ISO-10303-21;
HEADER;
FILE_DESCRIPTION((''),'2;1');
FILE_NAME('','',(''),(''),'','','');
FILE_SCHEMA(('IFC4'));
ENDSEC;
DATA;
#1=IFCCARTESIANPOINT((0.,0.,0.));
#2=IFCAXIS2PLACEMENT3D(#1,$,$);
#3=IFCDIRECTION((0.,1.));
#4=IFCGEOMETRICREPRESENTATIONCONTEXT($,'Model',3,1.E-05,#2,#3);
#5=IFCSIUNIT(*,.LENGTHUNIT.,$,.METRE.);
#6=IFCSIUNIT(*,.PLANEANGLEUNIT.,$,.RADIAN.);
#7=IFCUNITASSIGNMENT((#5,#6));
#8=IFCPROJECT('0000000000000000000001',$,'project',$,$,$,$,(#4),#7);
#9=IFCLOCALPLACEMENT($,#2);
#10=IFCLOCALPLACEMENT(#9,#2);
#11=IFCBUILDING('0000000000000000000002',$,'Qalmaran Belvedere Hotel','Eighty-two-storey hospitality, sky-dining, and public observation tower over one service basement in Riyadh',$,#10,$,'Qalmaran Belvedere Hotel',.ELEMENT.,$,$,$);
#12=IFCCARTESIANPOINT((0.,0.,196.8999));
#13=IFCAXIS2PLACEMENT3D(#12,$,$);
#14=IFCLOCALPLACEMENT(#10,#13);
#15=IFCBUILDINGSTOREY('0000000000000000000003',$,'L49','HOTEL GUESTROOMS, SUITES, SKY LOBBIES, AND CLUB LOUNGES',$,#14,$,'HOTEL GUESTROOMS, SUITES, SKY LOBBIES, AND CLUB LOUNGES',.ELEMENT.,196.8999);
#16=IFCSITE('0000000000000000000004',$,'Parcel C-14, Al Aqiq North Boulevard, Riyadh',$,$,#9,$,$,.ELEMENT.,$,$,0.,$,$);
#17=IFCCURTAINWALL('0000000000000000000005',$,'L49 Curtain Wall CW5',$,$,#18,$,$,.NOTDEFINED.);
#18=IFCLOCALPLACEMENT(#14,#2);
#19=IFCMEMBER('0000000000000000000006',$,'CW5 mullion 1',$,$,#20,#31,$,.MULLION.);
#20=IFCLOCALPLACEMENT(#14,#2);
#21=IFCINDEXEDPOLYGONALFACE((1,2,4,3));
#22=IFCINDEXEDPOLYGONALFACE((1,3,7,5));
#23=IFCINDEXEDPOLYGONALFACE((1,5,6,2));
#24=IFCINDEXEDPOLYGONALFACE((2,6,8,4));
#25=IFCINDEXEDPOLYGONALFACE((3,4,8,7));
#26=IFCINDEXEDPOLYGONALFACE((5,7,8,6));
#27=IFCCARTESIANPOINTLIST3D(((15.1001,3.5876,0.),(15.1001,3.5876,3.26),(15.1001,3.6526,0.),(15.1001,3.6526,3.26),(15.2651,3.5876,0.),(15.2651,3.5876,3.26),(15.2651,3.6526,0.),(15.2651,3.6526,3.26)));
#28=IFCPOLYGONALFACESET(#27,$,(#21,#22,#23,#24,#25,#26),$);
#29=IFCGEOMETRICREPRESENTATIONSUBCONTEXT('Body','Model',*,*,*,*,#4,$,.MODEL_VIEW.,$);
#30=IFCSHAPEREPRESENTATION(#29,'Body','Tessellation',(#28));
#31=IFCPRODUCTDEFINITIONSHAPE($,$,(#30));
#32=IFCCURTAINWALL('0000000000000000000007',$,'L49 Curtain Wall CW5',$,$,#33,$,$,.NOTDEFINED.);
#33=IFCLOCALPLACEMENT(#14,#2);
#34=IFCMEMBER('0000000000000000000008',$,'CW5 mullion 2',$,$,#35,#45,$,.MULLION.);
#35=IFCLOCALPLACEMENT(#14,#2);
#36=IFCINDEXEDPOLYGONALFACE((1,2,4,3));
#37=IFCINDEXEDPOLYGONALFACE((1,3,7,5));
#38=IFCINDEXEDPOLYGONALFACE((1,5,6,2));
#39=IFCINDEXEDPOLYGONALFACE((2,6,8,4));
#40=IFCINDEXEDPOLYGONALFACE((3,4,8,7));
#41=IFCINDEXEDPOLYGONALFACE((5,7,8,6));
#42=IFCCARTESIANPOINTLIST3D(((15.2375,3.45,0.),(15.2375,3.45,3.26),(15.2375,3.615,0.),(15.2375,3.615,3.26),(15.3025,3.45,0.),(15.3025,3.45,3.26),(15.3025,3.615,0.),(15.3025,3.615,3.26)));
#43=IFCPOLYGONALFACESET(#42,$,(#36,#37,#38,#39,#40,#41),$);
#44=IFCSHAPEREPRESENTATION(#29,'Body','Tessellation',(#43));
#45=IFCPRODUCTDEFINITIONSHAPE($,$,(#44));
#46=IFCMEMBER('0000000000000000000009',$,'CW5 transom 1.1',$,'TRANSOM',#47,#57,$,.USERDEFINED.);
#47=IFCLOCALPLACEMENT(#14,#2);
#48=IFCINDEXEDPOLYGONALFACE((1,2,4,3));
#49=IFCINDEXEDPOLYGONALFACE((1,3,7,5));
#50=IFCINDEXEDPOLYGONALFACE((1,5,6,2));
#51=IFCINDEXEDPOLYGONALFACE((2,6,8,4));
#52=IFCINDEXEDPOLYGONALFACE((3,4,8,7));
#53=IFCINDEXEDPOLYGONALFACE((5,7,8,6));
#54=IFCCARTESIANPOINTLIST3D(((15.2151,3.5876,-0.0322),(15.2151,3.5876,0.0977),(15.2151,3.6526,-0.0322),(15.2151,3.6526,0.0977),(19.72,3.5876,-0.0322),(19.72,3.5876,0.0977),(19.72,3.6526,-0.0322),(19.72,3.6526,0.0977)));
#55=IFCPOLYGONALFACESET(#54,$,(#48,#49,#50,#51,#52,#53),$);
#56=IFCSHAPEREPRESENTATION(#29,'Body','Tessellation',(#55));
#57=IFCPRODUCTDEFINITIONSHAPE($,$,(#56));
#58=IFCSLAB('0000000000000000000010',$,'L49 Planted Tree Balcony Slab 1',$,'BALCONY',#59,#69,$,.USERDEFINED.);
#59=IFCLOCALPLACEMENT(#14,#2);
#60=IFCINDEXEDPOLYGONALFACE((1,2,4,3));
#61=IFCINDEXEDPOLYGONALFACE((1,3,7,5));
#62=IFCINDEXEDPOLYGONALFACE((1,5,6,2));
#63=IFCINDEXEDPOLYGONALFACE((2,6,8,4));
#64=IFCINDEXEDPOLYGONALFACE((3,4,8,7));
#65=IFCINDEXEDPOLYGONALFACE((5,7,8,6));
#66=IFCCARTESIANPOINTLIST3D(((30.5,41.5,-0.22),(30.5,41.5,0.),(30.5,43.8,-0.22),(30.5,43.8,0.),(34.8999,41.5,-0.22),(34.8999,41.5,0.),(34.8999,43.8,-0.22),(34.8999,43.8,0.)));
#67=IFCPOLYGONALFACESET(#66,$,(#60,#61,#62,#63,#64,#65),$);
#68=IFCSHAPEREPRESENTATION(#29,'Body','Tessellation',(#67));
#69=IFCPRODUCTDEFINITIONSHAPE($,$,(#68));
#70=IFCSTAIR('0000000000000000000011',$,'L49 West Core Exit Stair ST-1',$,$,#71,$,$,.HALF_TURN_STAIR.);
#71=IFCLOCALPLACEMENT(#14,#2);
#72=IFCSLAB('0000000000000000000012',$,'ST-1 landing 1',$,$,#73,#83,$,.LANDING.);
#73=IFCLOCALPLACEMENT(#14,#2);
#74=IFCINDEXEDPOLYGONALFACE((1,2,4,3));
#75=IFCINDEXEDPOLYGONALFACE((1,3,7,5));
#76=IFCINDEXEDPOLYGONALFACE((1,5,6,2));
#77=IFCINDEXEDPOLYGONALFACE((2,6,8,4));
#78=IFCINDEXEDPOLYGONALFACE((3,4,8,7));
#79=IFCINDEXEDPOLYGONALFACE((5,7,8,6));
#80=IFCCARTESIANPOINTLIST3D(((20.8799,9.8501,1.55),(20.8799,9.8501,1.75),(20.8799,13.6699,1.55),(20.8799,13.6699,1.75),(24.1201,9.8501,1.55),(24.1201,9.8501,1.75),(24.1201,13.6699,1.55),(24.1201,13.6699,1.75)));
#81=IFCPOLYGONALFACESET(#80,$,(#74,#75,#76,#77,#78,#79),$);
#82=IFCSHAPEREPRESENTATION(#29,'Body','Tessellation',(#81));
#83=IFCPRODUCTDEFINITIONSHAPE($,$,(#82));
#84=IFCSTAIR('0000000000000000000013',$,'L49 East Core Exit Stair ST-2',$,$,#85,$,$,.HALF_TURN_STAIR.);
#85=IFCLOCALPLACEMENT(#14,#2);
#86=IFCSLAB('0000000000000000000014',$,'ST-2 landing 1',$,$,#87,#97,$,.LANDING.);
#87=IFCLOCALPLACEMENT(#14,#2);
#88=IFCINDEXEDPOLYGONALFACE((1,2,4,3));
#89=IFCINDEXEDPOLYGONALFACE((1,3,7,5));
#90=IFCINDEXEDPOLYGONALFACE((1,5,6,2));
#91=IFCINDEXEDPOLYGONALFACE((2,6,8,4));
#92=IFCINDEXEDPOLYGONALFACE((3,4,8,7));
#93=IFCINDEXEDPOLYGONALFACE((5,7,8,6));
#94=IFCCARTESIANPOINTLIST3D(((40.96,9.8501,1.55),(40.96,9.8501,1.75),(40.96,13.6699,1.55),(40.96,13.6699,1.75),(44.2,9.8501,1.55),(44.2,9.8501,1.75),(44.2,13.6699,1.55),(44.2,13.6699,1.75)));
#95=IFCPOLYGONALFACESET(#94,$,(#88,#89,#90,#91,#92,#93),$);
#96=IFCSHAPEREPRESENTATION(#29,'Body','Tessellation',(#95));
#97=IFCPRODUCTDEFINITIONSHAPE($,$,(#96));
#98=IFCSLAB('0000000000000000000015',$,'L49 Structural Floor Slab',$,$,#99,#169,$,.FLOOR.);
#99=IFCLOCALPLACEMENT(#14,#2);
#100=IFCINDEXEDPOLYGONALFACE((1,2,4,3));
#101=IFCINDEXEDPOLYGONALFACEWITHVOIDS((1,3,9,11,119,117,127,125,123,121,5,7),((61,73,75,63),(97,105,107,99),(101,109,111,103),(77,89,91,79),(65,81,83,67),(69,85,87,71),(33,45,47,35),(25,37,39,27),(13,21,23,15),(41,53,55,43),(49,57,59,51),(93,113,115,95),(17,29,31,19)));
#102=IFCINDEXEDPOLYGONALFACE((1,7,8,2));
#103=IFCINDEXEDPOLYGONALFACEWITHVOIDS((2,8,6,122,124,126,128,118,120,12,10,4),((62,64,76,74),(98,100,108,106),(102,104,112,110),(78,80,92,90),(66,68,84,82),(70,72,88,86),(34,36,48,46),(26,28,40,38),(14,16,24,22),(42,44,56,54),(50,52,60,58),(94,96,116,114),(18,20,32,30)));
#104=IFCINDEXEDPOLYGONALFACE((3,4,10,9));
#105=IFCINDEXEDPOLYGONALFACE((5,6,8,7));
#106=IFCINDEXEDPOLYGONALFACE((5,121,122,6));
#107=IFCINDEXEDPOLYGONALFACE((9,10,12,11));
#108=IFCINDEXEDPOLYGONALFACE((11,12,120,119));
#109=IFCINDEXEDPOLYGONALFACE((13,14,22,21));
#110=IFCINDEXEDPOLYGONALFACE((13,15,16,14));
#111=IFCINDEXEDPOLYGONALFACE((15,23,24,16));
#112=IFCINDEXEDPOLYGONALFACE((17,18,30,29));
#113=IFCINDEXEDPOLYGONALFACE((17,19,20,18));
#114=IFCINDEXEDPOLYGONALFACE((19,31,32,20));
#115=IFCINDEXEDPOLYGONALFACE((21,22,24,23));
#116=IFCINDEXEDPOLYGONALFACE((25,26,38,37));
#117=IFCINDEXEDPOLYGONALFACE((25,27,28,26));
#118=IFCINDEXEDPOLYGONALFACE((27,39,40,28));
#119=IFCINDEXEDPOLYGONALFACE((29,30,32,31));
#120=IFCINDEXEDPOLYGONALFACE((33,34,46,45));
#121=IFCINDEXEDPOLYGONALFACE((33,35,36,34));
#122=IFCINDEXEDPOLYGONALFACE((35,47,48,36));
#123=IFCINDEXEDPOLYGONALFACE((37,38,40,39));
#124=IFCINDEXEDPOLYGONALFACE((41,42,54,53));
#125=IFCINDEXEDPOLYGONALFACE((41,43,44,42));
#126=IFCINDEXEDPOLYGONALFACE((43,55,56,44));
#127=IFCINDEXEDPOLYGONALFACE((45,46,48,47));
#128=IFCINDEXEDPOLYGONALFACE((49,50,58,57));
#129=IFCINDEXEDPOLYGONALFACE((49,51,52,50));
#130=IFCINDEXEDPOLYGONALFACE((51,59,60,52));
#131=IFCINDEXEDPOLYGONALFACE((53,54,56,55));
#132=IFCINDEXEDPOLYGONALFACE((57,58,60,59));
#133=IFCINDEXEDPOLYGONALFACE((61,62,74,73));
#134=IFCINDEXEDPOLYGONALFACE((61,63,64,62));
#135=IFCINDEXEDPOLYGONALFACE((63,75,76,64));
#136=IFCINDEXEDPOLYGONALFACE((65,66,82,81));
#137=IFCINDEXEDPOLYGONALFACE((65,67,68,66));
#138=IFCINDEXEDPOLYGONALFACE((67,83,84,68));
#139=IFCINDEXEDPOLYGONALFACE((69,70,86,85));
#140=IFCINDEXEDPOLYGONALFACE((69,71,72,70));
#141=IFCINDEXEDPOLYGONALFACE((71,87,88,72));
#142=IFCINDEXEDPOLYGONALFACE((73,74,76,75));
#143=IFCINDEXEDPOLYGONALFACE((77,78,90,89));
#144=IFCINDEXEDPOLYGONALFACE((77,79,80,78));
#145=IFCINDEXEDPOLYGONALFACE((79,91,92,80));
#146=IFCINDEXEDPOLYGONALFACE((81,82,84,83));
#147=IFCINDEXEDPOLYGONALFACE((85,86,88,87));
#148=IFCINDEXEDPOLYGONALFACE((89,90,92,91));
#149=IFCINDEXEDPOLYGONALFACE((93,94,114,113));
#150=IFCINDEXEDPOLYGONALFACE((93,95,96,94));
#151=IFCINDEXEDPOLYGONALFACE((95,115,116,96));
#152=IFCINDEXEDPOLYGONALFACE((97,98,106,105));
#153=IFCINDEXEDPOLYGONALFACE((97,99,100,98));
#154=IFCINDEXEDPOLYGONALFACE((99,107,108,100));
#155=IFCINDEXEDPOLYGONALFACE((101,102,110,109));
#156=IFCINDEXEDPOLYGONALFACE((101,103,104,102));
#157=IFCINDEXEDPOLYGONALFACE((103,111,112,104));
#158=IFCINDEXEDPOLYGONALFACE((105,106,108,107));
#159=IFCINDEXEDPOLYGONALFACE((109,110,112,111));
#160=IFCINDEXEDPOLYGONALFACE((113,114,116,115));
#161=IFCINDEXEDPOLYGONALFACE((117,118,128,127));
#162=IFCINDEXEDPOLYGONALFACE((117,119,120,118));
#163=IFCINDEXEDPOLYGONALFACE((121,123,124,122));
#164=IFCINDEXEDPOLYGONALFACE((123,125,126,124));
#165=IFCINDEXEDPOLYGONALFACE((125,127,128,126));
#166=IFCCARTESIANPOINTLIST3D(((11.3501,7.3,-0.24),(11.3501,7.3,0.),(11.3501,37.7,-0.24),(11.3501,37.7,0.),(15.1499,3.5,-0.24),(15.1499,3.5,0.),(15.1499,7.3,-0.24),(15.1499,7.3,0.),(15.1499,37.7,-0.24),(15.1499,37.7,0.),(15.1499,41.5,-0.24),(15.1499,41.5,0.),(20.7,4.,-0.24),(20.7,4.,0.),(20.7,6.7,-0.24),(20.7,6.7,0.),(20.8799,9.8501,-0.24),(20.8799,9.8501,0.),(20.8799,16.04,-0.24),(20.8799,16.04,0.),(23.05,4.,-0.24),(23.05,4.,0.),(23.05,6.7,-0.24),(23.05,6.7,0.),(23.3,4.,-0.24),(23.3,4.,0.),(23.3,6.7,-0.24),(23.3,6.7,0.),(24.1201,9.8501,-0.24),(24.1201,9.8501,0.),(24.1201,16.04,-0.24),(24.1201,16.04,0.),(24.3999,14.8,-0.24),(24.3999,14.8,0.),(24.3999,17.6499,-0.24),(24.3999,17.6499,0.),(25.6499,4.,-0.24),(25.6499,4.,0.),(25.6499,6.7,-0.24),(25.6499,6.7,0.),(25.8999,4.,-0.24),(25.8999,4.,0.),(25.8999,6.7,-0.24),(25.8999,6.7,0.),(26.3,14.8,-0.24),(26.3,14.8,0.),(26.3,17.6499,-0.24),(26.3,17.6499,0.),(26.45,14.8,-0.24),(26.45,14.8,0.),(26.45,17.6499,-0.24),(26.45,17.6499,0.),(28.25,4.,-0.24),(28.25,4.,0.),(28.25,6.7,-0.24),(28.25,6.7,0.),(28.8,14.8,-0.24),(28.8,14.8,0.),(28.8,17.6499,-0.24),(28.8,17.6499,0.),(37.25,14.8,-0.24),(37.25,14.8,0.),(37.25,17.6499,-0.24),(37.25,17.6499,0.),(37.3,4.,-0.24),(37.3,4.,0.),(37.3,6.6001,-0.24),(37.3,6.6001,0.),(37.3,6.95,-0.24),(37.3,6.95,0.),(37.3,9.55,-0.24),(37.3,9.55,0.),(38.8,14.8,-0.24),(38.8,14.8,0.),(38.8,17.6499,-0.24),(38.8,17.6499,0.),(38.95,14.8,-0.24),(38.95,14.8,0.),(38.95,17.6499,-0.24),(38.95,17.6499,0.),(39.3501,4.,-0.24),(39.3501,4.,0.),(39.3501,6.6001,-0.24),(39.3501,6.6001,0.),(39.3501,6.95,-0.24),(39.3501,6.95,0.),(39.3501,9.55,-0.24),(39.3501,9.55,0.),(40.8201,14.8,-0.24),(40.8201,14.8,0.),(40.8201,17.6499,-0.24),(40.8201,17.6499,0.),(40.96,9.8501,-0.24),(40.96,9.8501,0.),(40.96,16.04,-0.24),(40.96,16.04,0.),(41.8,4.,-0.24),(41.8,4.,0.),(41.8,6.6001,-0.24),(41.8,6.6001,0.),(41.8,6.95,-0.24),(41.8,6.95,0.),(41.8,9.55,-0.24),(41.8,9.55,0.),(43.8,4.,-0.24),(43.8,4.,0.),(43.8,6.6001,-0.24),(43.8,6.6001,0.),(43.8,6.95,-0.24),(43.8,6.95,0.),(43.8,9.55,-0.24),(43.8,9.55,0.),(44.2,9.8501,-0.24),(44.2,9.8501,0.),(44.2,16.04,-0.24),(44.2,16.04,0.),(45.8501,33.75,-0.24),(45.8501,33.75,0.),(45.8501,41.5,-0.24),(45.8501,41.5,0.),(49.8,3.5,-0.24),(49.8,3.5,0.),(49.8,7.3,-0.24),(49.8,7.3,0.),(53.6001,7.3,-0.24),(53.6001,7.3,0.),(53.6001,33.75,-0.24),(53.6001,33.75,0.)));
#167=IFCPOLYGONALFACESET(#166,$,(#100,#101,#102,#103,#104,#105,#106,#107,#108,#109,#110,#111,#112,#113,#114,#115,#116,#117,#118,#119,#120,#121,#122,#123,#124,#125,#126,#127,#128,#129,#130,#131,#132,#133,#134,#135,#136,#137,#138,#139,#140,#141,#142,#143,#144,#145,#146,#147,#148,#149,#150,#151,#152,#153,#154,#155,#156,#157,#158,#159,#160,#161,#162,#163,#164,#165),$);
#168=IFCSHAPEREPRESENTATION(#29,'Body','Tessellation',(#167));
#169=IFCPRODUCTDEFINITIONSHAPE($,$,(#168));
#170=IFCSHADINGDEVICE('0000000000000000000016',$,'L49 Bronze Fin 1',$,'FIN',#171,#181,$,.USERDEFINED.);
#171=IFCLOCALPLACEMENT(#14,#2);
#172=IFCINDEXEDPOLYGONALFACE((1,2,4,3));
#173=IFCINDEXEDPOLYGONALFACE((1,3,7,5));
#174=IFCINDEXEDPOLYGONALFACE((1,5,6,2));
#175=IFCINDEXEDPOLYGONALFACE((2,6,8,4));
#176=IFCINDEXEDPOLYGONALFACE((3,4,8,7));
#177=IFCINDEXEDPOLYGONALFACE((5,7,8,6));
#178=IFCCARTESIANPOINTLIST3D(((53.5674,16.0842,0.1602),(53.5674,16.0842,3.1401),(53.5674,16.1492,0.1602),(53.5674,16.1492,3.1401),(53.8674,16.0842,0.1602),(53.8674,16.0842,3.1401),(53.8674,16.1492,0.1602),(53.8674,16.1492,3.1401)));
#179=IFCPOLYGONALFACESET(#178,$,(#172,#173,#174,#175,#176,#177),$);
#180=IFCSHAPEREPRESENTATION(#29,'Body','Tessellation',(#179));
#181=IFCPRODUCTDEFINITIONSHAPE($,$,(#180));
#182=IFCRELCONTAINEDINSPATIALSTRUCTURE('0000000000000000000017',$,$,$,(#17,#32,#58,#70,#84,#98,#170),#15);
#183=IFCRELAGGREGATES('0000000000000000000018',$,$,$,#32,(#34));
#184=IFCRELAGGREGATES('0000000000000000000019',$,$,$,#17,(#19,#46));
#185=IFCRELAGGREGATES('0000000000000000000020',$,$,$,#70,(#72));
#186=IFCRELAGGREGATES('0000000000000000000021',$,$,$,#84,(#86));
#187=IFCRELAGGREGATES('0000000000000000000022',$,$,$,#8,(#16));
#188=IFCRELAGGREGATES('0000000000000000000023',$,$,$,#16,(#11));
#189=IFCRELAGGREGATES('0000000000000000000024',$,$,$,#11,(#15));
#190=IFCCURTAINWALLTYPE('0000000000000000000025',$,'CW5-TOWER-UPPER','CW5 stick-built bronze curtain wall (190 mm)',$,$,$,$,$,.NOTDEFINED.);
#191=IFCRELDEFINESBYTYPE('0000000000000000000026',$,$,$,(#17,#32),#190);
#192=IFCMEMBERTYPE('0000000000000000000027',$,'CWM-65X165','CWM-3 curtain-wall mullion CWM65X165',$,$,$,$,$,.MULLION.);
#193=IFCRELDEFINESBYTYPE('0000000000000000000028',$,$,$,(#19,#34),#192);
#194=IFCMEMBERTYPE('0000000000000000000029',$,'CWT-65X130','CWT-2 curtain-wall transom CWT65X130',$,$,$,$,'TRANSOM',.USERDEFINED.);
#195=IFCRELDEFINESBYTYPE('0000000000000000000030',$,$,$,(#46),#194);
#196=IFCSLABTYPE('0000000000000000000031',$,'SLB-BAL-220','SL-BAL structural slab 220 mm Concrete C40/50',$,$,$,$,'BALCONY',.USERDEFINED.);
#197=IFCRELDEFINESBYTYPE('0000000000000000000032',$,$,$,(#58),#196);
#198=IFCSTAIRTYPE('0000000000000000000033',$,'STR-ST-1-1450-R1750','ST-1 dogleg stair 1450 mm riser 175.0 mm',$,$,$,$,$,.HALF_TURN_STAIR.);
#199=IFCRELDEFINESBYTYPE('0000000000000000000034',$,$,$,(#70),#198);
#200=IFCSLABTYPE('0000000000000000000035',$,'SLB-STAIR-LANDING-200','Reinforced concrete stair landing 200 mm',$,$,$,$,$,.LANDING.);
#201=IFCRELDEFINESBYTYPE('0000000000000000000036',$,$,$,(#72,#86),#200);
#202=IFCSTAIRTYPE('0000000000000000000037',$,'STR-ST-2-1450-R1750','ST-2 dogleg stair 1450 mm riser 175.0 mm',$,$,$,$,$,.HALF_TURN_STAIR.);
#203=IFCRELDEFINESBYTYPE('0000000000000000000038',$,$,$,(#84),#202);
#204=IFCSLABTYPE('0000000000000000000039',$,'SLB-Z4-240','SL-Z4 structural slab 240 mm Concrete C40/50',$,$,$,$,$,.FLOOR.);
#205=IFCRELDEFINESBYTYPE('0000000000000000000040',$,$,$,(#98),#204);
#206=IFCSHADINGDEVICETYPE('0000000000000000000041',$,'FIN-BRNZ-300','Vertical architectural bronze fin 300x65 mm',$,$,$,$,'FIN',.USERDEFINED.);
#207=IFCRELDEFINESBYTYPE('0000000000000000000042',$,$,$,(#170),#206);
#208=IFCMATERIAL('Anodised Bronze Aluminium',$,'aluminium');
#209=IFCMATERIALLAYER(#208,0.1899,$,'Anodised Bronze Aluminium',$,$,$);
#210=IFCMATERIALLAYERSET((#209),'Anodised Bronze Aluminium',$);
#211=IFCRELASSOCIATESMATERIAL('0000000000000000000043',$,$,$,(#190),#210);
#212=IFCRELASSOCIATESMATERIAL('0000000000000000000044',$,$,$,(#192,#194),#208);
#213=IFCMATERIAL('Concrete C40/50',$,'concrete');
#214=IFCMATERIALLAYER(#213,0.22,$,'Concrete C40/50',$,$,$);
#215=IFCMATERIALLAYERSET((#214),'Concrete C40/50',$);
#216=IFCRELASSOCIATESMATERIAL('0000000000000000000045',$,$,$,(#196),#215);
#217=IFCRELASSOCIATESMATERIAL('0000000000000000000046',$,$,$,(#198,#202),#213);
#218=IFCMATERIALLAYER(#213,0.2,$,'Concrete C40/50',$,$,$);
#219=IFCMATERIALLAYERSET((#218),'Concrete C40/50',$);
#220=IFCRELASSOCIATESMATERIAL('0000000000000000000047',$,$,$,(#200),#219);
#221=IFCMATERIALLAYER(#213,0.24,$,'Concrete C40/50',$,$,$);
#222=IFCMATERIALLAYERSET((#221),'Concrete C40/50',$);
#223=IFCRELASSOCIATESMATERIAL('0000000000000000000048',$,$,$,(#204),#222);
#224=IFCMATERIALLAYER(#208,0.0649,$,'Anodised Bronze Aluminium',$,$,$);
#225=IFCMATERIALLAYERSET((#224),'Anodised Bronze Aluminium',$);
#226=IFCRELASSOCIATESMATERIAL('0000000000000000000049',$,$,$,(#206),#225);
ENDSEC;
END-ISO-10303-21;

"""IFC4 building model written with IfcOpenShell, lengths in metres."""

from ifc_helpers import new_model, si_unit, direction, frame, origin, origin_2d, place, context, subcontext, project, spatial, polyline, rectangle, outline, extrude, material, layer, layer_set, material_profile, profile_set, type_object, element, aggregate, save


model = new_model("IFC4")

# Units and contexts
model_context = context("Model", 3, precision=1e-05, world=origin(), true_north=direction((0.0, 1.0)))
body_context = subcontext(model_context, "Body", "Model", "MODEL_VIEW")
ifc_project = project(units=[si_unit("LENGTHUNIT", "METRE"), si_unit("PLANEANGLEUNIT", "RADIAN")], contexts=[model_context])

# Site, building, storey
site_placement = place(None, origin())
site = spatial("IfcSite", under=ifc_project, at=site_placement, Name="Parcel C-14, Al Aqiq North Boulevard, Riyadh", CompositionType="ELEMENT", RefElevation=0.0)
building_placement = place(site_placement, origin())
building = spatial("IfcBuilding", under=site, at=building_placement, Name="Qalmaran Belvedere Hotel", Description="Eighty-two-storey hospitality, sky-dining, and public observation tower over one service basement in Riyadh", LongName="Qalmaran Belvedere Hotel", CompositionType="ELEMENT")
storey_placement = place(building_placement, frame((0.0, 0.0, 196.8999)))
storey = spatial("IfcBuildingStorey", under=building, at=storey_placement, Name="L49", Description="HOTEL GUESTROOMS, SUITES, SKY LOBBIES, AND CLUB LOUNGES", LongName="HOTEL GUESTROOMS, SUITES, SKY LOBBIES, AND CLUB LOUNGES", CompositionType="ELEMENT", Elevation=196.8999)

# Curtain walls, members
ifc_material_1 = material(Name="Anodised Bronze Aluminium", Category="aluminium")
ifc_layer_1 = layer(ifc_material_1, 0.1899, Name="Anodised Bronze Aluminium")
ifc_layer_set_1 = layer_set([ifc_layer_1], Name="Anodised Bronze Aluminium")
curtain_wall_type = type_object("IfcCurtainWallType", Name="CW5-TOWER-UPPER", Description="CW5 stick-built bronze curtain wall (190 mm)", PredefinedType="NOTDEFINED", material=ifc_layer_set_1)
curtain_wall_1_placement = place(storey_placement, origin())
curtain_wall_1 = element("IfcCurtainWall", 1, at=curtain_wall_1_placement, inside=storey, type_object=curtain_wall_type, Name="L49 Curtain Wall CW5", PredefinedType="NOTDEFINED")
ifc_material_profile_1 = material_profile(ifc_material_1, rectangle(XDim=0.0649, YDim=0.165, at=origin_2d()), Name="CWM65X165")
ifc_profile_set_1 = profile_set([ifc_material_profile_1], Name="Anodised Bronze Aluminium")
member_type_1 = type_object("IfcMemberType", Name="CWM-65X165", Description="CWM-3 curtain-wall mullion CWM65X165", PredefinedType="MULLION", material=ifc_profile_set_1)
member_1_placement = place(storey_placement, frame((15.1826, 3.6201, 0.0), z_axis=(0.0, 0.0, 1.0), x_axis=(0.0, 1.0, 0.0)))
member_1 = element("IfcMember", 2, at=member_1_placement, type_object=member_type_1, Name="CW5 mullion 1", PredefinedType="MULLION", context=body_context, shape_type="SweptSolid", body=[
    extrude(rectangle(XDim=0.0649, YDim=0.165, at=origin_2d()), origin(), (0.0, 0.0, 1.0), 3.26),
])
curtain_wall_2_placement = place(storey_placement, origin())
curtain_wall_2 = element("IfcCurtainWall", 3, at=curtain_wall_2_placement, inside=storey, type_object=curtain_wall_type, Name="L49 Curtain Wall CW5", PredefinedType="NOTDEFINED")
member_2_placement = place(storey_placement, frame((15.27, 3.5325, 0.0), z_axis=(0.0, 0.0, 1.0), x_axis=(1.0, 0.0, 0.0)))
member_2 = element("IfcMember", 4, at=member_2_placement, type_object=member_type_1, Name="CW5 mullion 2", PredefinedType="MULLION", context=body_context, shape_type="SweptSolid", body=[
    extrude(rectangle(XDim=0.0649, YDim=0.165, at=origin_2d()), origin(), (0.0, 0.0, 1.0), 3.26),
])
aggregate(curtain_wall_2, [member_2])

# Member
ifc_material_profile_2 = material_profile(ifc_material_1, rectangle(XDim=0.0649, YDim=0.1299, at=origin_2d()), Name="CWT65X130")
ifc_profile_set_2 = profile_set([ifc_material_profile_2], Name="Anodised Bronze Aluminium")
member_type_2 = type_object("IfcMemberType", Name="CWT-65X130", Description="CWT-2 curtain-wall transom CWT65X130", ElementType="TRANSOM", PredefinedType="USERDEFINED", material=ifc_profile_set_2)
member_3_placement = place(storey_placement, frame((15.2151, 3.6201, 0.0327), z_axis=(1.0, 0.0, 0.0), x_axis=(0.0, 1.0, 0.0)))
member_3 = element("IfcMember", 5, at=member_3_placement, type_object=member_type_2, Name="CW5 transom 1.1", ObjectType="TRANSOM", PredefinedType="USERDEFINED", context=body_context, shape_type="SweptSolid", body=[
    extrude(rectangle(XDim=0.0649, YDim=0.1299, at=origin_2d()), origin(), (0.0, 0.0, 1.0), 4.5049),
])
aggregate(curtain_wall_1, [member_1, member_3])

# Slab
ifc_material_2 = material(Name="Concrete C40/50", Category="concrete")
ifc_layer_2 = layer(ifc_material_2, 0.22, Name="Concrete C40/50")
ifc_layer_set_2 = layer_set([ifc_layer_2], Name="Concrete C40/50")
slab_type_1 = type_object("IfcSlabType", Name="SLB-BAL-220", Description="SL-BAL structural slab 220 mm Concrete C40/50", ElementType="BALCONY", PredefinedType="USERDEFINED", material=ifc_layer_set_2)
slab_1_placement = place(storey_placement, frame((0.0, 0.0, -0.22)))
element("IfcSlab", 6, at=slab_1_placement, inside=storey, type_object=slab_type_1, Name="L49 Planted Tree Balcony Slab 1", ObjectType="BALCONY", PredefinedType="USERDEFINED", context=body_context, shape_type="SweptSolid", body=[
    extrude(outline(polyline([(30.5, 41.5), (34.8999, 41.5), (34.8999, 43.8), (30.5, 43.8), (30.5, 41.5)])), origin(), (0.0, 0.0, 1.0), 0.22),
])

# Stairs, slabs
stair_type_1 = type_object("IfcStairType", Name="STR-ST-1-1450-R1750", Description="ST-1 dogleg stair 1450 mm riser 175.0 mm", PredefinedType="HALF_TURN_STAIR", material=ifc_material_2)
stair_1_placement = place(storey_placement, origin())
stair_1 = element("IfcStair", 7, at=stair_1_placement, inside=storey, type_object=stair_type_1, Name="L49 West Core Exit Stair ST-1", PredefinedType="HALF_TURN_STAIR")
ifc_layer_3 = layer(ifc_material_2, 0.2, Name="Concrete C40/50")
ifc_layer_set_3 = layer_set([ifc_layer_3], Name="Concrete C40/50")
slab_type_2 = type_object("IfcSlabType", Name="SLB-STAIR-LANDING-200", Description="Reinforced concrete stair landing 200 mm", PredefinedType="LANDING", material=ifc_layer_set_3)
slab_2_placement = place(storey_placement, frame((0.0, 0.0, 1.55)))
slab_2 = element("IfcSlab", 8, at=slab_2_placement, type_object=slab_type_2, Name="ST-1 landing 1", PredefinedType="LANDING", context=body_context, shape_type="SweptSolid", body=[
    extrude(outline(polyline([(20.8799, 13.6699), (20.8799, 9.8501), (24.1201, 9.8501), (24.1201, 13.6699), (20.8799, 13.6699)])), origin(), (0.0, 0.0, 1.0), 0.2),
])
aggregate(stair_1, [slab_2])
stair_type_2 = type_object("IfcStairType", Name="STR-ST-2-1450-R1750", Description="ST-2 dogleg stair 1450 mm riser 175.0 mm", PredefinedType="HALF_TURN_STAIR", material=ifc_material_2)
stair_2_placement = place(storey_placement, origin())
stair_2 = element("IfcStair", 9, at=stair_2_placement, inside=storey, type_object=stair_type_2, Name="L49 East Core Exit Stair ST-2", PredefinedType="HALF_TURN_STAIR")
slab_3_placement = place(storey_placement, frame((0.0, 0.0, 1.55)))
slab_3 = element("IfcSlab", 10, at=slab_3_placement, type_object=slab_type_2, Name="ST-2 landing 1", PredefinedType="LANDING", context=body_context, shape_type="SweptSolid", body=[
    extrude(outline(polyline([(40.96, 13.6699), (40.96, 9.8501), (44.2, 9.8501), (44.2, 13.6699), (40.96, 13.6699)])), origin(), (0.0, 0.0, 1.0), 0.2),
])
aggregate(stair_2, [slab_3])

# Slab
ifc_layer_4 = layer(ifc_material_2, 0.24, Name="Concrete C40/50")
ifc_layer_set_4 = layer_set([ifc_layer_4], Name="Concrete C40/50")
slab_type_3 = type_object("IfcSlabType", Name="SLB-Z4-240", Description="SL-Z4 structural slab 240 mm Concrete C40/50", PredefinedType="FLOOR", material=ifc_layer_set_4)
slab_4_placement = place(storey_placement, frame((0.0, 0.0, -0.24)))
element("IfcSlab", 11, at=slab_4_placement, inside=storey, type_object=slab_type_3, Name="L49 Structural Floor Slab", PredefinedType="FLOOR", context=body_context, shape_type="SweptSolid", body=[
    extrude(outline(polyline([(15.1499, 3.5), (49.8, 3.5), (49.8, 7.3), (53.6001, 7.3), (53.6001, 33.75), (45.8501, 33.75), (45.8501, 41.5), (15.1499, 41.5), (15.1499, 37.7), (11.3501, 37.7), (11.3501, 7.3), (15.1499, 7.3), (15.1499, 3.5)]), holes=[polyline([(20.8799, 9.8501), (24.1201, 9.8501), (24.1201, 16.04), (20.8799, 16.04), (20.8799, 9.8501)]), polyline([(40.96, 9.8501), (44.2, 9.8501), (44.2, 16.04), (40.96, 16.04), (40.96, 9.8501)]), polyline([(37.3, 4.0), (39.3501, 4.0), (39.3501, 6.6001), (37.3, 6.6001), (37.3, 4.0)]), polyline([(37.3, 6.95), (39.3501, 6.95), (39.3501, 9.55), (37.3, 9.55), (37.3, 6.95)]), polyline([(41.8, 4.0), (43.8, 4.0), (43.8, 6.6001), (41.8, 6.6001), (41.8, 4.0)]), polyline([(41.8, 6.95), (43.8, 6.95), (43.8, 9.55), (41.8, 9.55), (41.8, 6.95)]), polyline([(20.7, 4.0), (23.05, 4.0), (23.05, 6.7), (20.7, 6.7), (20.7, 4.0)]), polyline([(23.3, 4.0), (25.6499, 4.0), (25.6499, 6.7), (23.3, 6.7), (23.3, 4.0)]), polyline([(25.8999, 4.0), (28.25, 4.0), (28.25, 6.7), (25.8999, 6.7), (25.8999, 4.0)]), polyline([(24.3999, 14.8), (26.3, 14.8), (26.3, 17.6499), (24.3999, 17.6499), (24.3999, 14.8)]), polyline([(38.95, 14.8), (40.8201, 14.8), (40.8201, 17.6499), (38.95, 17.6499), (38.95, 14.8)]), polyline([(26.45, 14.8), (28.8, 14.8), (28.8, 17.6499), (26.45, 17.6499), (26.45, 14.8)]), polyline([(37.25, 14.8), (38.8, 14.8), (38.8, 17.6499), (37.25, 17.6499), (37.25, 14.8)])]), origin(), (0.0, 0.0, 1.0), 0.24),
])

# Shading device
ifc_layer_5 = layer(ifc_material_1, 0.0649, Name="Anodised Bronze Aluminium")
ifc_layer_set_5 = layer_set([ifc_layer_5], Name="Anodised Bronze Aluminium")
shading_device_type = type_object("IfcShadingDeviceType", Name="FIN-BRNZ-300", Description="Vertical architectural bronze fin 300x65 mm", ElementType="FIN", PredefinedType="USERDEFINED", material=ifc_layer_set_5)
shading_device_1_placement = place(storey_placement, frame((0.0, 0.0, 0.1602)))
element("IfcShadingDevice", 12, at=shading_device_1_placement, inside=storey, type_object=shading_device_type, Name="L49 Bronze Fin 1", ObjectType="FIN", PredefinedType="USERDEFINED", context=body_context, shape_type="SweptSolid", body=[
    extrude(outline(polyline([(53.5674, 16.0842), (53.8674, 16.0842), (53.8674, 16.1492), (53.5674, 16.1492), (53.5674, 16.0842)])), origin(), (0.0, 0.0, 1.0), 2.98),
])

save(model, "model.ifc")
